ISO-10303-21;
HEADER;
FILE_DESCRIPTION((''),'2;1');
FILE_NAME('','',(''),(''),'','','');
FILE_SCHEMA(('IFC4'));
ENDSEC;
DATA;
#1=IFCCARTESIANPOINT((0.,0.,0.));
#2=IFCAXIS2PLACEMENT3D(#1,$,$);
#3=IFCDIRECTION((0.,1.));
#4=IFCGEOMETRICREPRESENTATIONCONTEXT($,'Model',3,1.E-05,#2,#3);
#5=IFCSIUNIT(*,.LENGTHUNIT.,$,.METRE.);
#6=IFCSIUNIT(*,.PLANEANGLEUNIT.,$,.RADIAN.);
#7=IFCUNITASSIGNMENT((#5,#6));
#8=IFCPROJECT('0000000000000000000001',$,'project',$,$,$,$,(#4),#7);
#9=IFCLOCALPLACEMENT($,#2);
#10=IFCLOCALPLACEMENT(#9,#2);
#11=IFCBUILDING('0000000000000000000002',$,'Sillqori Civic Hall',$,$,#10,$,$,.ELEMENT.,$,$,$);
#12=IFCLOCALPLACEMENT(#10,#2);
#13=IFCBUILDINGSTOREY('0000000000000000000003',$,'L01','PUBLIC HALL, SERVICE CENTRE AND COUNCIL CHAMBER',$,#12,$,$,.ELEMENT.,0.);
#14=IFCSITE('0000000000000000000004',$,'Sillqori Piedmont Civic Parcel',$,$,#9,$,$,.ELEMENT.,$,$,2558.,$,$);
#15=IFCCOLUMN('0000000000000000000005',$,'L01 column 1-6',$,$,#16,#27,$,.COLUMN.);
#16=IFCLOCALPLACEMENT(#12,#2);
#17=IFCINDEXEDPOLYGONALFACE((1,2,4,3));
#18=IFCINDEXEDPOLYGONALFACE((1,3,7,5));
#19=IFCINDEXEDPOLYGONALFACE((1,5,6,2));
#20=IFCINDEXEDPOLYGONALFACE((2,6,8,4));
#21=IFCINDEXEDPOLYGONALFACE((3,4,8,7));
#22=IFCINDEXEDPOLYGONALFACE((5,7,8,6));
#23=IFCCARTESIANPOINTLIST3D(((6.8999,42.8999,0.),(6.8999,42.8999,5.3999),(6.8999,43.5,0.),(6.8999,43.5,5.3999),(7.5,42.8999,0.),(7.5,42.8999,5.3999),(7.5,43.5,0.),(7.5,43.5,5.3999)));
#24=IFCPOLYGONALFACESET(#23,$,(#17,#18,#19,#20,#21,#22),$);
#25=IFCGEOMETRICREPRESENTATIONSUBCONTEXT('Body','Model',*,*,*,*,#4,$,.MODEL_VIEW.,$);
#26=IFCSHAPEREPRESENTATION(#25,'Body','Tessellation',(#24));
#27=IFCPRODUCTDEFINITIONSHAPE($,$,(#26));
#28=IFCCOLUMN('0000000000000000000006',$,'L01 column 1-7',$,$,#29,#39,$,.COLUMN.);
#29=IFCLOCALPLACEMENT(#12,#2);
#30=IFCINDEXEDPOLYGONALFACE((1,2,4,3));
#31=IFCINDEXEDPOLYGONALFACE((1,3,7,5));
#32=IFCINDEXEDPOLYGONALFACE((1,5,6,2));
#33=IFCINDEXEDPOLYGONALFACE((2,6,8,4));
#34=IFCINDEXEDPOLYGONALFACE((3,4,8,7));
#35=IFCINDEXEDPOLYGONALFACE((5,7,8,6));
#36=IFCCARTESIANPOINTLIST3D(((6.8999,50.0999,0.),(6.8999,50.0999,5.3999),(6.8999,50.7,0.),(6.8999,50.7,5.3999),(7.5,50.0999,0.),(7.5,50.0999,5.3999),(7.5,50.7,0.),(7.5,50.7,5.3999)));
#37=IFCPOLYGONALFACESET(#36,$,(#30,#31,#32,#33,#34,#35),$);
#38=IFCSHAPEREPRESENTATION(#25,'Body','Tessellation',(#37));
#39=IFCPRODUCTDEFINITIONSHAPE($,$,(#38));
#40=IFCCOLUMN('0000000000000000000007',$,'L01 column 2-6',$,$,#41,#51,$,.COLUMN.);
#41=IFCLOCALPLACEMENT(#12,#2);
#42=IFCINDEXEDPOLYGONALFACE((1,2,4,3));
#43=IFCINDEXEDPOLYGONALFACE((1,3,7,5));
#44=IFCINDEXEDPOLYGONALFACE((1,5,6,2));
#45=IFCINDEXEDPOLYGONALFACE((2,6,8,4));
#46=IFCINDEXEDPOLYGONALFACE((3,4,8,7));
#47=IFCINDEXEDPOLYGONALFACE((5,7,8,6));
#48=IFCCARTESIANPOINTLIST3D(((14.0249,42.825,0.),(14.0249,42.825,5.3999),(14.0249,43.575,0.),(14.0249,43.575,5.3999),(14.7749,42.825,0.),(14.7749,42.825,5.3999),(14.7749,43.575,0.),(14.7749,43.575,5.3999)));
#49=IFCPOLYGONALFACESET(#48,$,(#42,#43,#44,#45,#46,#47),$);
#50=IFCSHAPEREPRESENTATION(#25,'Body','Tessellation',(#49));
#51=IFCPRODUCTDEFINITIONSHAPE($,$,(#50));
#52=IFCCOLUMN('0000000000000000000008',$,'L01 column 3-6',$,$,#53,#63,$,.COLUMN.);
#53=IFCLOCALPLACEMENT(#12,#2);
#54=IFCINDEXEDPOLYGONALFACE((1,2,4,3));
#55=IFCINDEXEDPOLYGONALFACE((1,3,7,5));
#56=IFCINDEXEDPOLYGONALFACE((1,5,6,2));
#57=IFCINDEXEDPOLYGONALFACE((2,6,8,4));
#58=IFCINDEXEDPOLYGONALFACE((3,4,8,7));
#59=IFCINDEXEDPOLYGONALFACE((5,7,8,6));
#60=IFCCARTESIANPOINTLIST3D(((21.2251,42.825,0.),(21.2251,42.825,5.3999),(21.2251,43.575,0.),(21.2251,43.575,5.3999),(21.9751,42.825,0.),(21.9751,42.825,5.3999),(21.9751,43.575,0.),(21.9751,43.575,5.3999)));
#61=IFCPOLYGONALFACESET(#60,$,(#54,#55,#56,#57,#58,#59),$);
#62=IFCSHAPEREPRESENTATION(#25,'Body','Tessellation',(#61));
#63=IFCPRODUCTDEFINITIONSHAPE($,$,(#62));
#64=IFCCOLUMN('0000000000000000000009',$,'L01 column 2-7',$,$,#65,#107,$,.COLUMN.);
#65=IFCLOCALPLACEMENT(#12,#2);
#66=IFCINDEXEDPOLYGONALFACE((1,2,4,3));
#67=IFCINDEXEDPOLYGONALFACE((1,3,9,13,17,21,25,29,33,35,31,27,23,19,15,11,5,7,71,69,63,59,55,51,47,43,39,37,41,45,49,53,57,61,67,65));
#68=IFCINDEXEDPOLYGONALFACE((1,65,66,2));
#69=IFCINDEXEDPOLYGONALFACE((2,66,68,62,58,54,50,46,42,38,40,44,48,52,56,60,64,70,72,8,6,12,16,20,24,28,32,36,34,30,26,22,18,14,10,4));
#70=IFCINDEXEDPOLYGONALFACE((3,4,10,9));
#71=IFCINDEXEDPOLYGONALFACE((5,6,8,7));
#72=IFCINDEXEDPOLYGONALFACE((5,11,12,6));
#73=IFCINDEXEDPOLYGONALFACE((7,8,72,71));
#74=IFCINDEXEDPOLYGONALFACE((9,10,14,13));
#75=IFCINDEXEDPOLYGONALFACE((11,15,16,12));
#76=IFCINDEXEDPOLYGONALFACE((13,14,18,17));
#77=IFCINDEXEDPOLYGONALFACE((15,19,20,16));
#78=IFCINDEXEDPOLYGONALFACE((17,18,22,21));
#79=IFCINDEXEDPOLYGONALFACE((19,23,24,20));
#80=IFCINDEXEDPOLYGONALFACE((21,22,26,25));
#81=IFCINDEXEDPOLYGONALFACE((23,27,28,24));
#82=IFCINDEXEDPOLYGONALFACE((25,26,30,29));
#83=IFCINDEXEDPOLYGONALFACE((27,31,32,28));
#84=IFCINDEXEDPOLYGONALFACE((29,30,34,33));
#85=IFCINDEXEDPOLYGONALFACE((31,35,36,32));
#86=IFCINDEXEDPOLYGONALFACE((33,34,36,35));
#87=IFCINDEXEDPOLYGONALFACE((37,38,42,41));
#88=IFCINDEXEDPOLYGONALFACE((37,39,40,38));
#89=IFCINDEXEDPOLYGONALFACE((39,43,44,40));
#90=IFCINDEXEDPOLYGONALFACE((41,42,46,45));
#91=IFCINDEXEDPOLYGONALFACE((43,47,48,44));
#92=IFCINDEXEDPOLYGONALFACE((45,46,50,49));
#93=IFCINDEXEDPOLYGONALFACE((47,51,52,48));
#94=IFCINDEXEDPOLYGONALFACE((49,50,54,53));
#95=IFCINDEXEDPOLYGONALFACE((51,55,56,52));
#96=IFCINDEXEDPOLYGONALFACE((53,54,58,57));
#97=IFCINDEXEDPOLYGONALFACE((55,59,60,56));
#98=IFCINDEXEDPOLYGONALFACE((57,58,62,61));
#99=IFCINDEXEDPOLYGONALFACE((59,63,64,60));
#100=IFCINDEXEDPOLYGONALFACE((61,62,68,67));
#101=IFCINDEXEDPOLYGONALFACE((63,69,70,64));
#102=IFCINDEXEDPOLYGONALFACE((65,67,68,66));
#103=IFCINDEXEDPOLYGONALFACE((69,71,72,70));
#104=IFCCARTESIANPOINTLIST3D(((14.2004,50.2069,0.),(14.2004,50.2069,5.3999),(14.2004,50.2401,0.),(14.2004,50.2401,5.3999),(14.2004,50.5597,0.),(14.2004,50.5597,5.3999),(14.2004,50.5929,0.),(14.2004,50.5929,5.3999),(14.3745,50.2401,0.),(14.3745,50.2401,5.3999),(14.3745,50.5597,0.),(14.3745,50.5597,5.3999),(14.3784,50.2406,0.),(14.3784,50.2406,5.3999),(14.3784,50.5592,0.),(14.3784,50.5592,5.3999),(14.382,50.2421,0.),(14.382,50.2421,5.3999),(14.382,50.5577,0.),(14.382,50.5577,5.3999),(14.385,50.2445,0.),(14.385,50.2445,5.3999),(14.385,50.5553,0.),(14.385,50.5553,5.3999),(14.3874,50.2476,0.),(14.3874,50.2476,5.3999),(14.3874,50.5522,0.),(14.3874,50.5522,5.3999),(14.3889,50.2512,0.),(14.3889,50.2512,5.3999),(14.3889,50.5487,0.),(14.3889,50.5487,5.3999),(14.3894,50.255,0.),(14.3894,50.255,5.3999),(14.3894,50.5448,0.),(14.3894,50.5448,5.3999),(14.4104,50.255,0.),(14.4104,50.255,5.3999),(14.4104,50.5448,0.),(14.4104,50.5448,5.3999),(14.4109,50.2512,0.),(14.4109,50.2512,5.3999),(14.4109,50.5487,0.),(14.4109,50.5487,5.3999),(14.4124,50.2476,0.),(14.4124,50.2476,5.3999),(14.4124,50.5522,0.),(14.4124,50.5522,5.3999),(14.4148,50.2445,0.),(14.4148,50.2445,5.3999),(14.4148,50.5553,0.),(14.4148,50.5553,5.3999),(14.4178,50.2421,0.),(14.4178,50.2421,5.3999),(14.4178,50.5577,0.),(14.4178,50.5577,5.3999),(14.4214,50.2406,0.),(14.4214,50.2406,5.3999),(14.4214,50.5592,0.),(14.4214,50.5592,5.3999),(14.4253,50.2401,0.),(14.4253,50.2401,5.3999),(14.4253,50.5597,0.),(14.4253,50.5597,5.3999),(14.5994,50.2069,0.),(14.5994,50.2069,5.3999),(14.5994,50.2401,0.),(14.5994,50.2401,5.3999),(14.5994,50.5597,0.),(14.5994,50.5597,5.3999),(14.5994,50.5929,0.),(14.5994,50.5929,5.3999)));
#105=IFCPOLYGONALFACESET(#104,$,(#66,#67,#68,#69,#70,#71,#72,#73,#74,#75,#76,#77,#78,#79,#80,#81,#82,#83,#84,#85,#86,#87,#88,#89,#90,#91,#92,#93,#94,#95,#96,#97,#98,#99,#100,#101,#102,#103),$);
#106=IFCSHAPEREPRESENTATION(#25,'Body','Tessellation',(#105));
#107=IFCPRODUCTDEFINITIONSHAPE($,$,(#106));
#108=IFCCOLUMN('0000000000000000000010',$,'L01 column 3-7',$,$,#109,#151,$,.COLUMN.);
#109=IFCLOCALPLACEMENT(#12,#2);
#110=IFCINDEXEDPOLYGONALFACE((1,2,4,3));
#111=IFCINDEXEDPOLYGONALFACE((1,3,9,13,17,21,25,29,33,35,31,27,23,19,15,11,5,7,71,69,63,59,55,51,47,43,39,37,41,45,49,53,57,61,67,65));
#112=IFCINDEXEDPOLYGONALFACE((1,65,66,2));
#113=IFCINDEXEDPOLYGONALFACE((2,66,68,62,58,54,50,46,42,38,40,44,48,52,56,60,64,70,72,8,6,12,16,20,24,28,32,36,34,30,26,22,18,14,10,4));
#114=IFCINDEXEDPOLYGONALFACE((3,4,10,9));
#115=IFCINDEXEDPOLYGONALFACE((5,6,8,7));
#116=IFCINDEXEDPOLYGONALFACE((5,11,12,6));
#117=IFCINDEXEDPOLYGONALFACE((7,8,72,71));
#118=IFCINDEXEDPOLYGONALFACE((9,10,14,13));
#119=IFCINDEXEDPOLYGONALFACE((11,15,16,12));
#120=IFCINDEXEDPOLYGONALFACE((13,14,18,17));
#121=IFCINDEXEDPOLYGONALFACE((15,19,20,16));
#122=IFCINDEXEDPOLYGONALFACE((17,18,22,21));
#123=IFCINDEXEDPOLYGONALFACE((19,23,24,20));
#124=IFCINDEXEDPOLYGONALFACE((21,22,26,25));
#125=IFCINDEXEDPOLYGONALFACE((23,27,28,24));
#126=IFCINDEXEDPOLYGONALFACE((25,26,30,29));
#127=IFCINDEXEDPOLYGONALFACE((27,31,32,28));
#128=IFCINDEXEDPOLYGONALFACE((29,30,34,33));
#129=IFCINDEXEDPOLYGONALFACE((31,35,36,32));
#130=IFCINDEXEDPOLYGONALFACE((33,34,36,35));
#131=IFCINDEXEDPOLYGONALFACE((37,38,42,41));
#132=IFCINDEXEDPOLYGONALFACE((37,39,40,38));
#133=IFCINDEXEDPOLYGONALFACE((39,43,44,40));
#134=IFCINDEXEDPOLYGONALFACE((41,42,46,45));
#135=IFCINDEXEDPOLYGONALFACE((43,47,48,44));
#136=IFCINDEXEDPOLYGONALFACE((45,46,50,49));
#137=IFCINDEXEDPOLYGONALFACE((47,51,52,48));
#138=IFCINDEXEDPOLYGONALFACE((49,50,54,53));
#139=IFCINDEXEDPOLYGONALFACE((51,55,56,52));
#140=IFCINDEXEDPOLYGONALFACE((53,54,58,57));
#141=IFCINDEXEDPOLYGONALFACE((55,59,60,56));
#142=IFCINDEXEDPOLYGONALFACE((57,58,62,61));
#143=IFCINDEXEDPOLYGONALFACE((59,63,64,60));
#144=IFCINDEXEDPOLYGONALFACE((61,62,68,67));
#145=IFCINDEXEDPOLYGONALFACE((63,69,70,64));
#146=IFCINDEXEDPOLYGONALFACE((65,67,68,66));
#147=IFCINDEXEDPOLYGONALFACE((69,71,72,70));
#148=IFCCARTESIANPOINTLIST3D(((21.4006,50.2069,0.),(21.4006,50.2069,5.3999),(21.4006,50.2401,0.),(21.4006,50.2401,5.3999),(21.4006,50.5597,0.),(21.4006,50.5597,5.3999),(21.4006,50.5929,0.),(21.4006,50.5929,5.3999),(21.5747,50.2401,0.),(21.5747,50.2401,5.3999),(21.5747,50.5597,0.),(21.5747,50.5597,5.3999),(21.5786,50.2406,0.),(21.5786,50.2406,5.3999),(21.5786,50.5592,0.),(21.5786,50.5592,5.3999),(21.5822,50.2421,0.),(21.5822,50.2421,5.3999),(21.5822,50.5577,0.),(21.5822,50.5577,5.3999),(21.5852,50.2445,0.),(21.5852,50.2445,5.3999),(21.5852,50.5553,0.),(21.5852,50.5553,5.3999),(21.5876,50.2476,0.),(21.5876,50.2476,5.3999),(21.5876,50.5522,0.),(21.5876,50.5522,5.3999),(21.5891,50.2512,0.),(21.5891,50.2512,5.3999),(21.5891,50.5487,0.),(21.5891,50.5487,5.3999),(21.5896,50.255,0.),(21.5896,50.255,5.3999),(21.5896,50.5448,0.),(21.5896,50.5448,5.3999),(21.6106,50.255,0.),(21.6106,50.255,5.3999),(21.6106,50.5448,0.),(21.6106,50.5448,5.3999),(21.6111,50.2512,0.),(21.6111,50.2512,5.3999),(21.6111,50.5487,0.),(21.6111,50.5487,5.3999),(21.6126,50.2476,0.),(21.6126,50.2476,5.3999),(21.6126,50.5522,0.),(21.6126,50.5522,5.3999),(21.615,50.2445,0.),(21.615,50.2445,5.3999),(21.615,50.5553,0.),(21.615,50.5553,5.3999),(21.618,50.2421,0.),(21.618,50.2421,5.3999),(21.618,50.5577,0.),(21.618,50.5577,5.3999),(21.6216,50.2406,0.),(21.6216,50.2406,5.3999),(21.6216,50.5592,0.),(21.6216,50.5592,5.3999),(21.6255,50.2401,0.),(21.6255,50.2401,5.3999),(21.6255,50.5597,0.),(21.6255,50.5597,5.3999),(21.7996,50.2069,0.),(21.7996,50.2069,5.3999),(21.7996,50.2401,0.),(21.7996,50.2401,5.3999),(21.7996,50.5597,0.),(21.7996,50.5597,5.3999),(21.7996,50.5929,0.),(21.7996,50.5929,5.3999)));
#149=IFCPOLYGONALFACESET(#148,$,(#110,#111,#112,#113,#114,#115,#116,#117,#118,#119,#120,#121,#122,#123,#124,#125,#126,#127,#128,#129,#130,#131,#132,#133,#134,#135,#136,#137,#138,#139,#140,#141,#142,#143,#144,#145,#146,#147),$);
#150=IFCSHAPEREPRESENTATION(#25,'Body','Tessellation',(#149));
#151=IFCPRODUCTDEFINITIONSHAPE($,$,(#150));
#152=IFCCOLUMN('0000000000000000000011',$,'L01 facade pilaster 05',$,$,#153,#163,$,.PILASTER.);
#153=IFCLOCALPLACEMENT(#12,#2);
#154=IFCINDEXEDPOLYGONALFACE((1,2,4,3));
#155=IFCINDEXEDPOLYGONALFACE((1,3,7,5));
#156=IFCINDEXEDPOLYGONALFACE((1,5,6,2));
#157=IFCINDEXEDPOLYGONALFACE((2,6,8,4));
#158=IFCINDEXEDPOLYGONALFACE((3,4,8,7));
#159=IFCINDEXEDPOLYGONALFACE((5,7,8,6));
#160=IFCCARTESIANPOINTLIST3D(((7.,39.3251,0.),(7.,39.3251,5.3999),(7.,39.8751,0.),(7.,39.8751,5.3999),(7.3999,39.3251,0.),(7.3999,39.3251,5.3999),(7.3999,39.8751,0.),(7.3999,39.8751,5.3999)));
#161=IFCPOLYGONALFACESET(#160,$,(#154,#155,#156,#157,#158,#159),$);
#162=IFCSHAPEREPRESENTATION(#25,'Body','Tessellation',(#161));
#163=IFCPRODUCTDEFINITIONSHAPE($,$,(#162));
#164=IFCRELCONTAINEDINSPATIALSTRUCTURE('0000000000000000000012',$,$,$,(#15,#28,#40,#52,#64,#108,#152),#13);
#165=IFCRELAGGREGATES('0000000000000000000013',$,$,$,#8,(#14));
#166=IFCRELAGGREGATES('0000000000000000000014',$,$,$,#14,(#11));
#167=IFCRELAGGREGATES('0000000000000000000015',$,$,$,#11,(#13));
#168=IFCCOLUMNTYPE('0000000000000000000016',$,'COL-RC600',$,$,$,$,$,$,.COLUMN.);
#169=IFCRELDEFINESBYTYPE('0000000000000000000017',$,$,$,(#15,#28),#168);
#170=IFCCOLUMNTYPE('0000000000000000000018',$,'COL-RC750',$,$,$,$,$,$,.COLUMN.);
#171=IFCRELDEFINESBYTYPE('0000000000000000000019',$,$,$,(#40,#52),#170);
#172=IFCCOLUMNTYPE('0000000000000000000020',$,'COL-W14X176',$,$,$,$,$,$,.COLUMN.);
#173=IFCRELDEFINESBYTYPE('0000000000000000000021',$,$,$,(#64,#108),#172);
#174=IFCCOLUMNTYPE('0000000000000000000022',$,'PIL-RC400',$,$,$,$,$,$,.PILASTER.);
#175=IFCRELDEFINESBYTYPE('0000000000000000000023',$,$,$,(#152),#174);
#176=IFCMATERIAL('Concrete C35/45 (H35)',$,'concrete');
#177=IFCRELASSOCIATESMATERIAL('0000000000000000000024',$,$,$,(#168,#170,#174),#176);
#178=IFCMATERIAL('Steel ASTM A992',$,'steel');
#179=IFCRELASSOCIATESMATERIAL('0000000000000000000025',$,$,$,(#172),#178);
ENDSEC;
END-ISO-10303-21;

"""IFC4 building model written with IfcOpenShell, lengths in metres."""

from ifc_helpers import new_model, si_unit, direction, frame, origin, origin_2d, place, context, subcontext, project, spatial, rectangle, i_section, extrude, material, material_profile, profile_set, type_object, element, save


model = new_model("IFC4")

# Units and contexts
model_context = context("Model", 3, precision=1e-05, world=origin(), true_north=direction((0.0, 1.0)))
body_context = subcontext(model_context, "Body", "Model", "MODEL_VIEW")
ifc_project = project(units=[si_unit("LENGTHUNIT", "METRE"), si_unit("PLANEANGLEUNIT", "RADIAN")], contexts=[model_context])

# Site, building, storey
site_placement = place(None, origin())
site = spatial("IfcSite", under=ifc_project, at=site_placement, Name="Sillqori Piedmont Civic Parcel", CompositionType="ELEMENT", RefElevation=2558.0)
building_placement = place(site_placement, origin())
building = spatial("IfcBuilding", under=site, at=building_placement, Name="Sillqori Civic Hall", CompositionType="ELEMENT")
storey_placement = place(building_placement, origin())
storey = spatial("IfcBuildingStorey", under=building, at=storey_placement, Name="L01", Description="PUBLIC HALL, SERVICE CENTRE AND COUNCIL CHAMBER", CompositionType="ELEMENT", Elevation=0.0)

# Columns
ifc_material_1 = material(Name="Concrete C35/45 (H35)", Category="concrete")
ifc_material_profile_1 = material_profile(ifc_material_1, rectangle(XDim=0.6001, YDim=0.6001, at=origin_2d()), Name="RC 600x600")
ifc_profile_set_1 = profile_set([ifc_material_profile_1], Name="Concrete C35/45 (H35)")
column_type_1 = type_object("IfcColumnType", Name="COL-RC600", PredefinedType="COLUMN", material=ifc_profile_set_1)
for number, where, z_axis, x_axis, name in (
    (1, (7.2, 43.2, 0.0), (0.0, 0.0, 1.0), (1.0, 0.0, 0.0), "L01 column 1-6"),
    (2, (7.2, 50.3999, 0.0), (0.0, 0.0, 1.0), (1.0, 0.0, 0.0), "L01 column 1-7"),
):
    element("IfcColumn", number, at=place(storey_placement, frame(where, z_axis=z_axis, x_axis=x_axis)), inside=storey, type_object=column_type_1, Name=name, PredefinedType="COLUMN", context=body_context, shape_type="SweptSolid", body=[
        extrude(rectangle(XDim=0.6001, YDim=0.6001, at=origin_2d()), origin(), (0.0, 0.0, 1.0), 5.3999),
    ])
ifc_material_profile_2 = material_profile(ifc_material_1, rectangle(XDim=0.75, YDim=0.75, at=origin_2d()), Name="RC 750x750")
ifc_profile_set_2 = profile_set([ifc_material_profile_2], Name="Concrete C35/45 (H35)")
column_type_2 = type_object("IfcColumnType", Name="COL-RC750", PredefinedType="COLUMN", material=ifc_profile_set_2)
for number, where, z_axis, x_axis, name in (
    (3, (14.3999, 43.2, 0.0), (0.0, 0.0, 1.0), (1.0, 0.0, 0.0), "L01 column 2-6"),
    (4, (21.6001, 43.2, 0.0), (0.0, 0.0, 1.0), (1.0, 0.0, 0.0), "L01 column 3-6"),
):
    element("IfcColumn", number, at=place(storey_placement, frame(where, z_axis=z_axis, x_axis=x_axis)), inside=storey, type_object=column_type_2, Name=name, PredefinedType="COLUMN", context=body_context, shape_type="SweptSolid", body=[
        extrude(rectangle(XDim=0.75, YDim=0.75, at=origin_2d()), origin(), (0.0, 0.0, 1.0), 5.3999),
    ])
ifc_material_2 = material(Name="Steel ASTM A992", Category="steel")
ifc_material_profile_3 = material_profile(ifc_material_2, i_section(OverallWidth=0.3989, OverallDepth=0.386, WebThickness=0.021, FlangeThickness=0.0332, FilletRadius=0.0149, at=origin_2d()), Name="W14X176")
ifc_profile_set_3 = profile_set([ifc_material_profile_3], Name="Steel ASTM A992")
column_type_3 = type_object("IfcColumnType", Name="COL-W14X176", PredefinedType="COLUMN", material=ifc_profile_set_3)
for number, where, z_axis, x_axis, name in (
    (5, (14.3999, 50.3999, 0.0), (0.0, 0.0, 1.0), (1.0, 0.0, 0.0), "L01 column 2-7"),
    (6, (21.6001, 50.3999, 0.0), (0.0, 0.0, 1.0), (1.0, 0.0, 0.0), "L01 column 3-7"),
):
    element("IfcColumn", number, at=place(storey_placement, frame(where, z_axis=z_axis, x_axis=x_axis)), inside=storey, type_object=column_type_3, Name=name, PredefinedType="COLUMN", context=body_context, shape_type="SweptSolid", body=[
        extrude(i_section(OverallWidth=0.3989, OverallDepth=0.386, WebThickness=0.021, FlangeThickness=0.0332, FilletRadius=0.0149, at=origin_2d()), origin(), (0.0, 0.0, 1.0), 5.3999),
    ])
ifc_material_profile_4 = material_profile(ifc_material_1, rectangle(XDim=0.3999, YDim=0.55, at=origin_2d()), Name="RC 400x550")
ifc_profile_set_4 = profile_set([ifc_material_profile_4], Name="Concrete C35/45 (H35)")
column_type_4 = type_object("IfcColumnType", Name="PIL-RC400", PredefinedType="PILASTER", material=ifc_profile_set_4)
column_placement = place(storey_placement, frame((7.2, 39.6001, 0.0), z_axis=(0.0, 0.0, 1.0), x_axis=(1.0, 0.0, 0.0)))
element("IfcColumn", 7, at=column_placement, inside=storey, type_object=column_type_4, Name="L01 facade pilaster 05", PredefinedType="PILASTER", context=body_context, shape_type="SweptSolid", body=[
    extrude(rectangle(XDim=0.3999, YDim=0.55, at=origin_2d()), origin(), (0.0, 0.0, 1.0), 5.3999),
])

save(model, "model.ifc")
